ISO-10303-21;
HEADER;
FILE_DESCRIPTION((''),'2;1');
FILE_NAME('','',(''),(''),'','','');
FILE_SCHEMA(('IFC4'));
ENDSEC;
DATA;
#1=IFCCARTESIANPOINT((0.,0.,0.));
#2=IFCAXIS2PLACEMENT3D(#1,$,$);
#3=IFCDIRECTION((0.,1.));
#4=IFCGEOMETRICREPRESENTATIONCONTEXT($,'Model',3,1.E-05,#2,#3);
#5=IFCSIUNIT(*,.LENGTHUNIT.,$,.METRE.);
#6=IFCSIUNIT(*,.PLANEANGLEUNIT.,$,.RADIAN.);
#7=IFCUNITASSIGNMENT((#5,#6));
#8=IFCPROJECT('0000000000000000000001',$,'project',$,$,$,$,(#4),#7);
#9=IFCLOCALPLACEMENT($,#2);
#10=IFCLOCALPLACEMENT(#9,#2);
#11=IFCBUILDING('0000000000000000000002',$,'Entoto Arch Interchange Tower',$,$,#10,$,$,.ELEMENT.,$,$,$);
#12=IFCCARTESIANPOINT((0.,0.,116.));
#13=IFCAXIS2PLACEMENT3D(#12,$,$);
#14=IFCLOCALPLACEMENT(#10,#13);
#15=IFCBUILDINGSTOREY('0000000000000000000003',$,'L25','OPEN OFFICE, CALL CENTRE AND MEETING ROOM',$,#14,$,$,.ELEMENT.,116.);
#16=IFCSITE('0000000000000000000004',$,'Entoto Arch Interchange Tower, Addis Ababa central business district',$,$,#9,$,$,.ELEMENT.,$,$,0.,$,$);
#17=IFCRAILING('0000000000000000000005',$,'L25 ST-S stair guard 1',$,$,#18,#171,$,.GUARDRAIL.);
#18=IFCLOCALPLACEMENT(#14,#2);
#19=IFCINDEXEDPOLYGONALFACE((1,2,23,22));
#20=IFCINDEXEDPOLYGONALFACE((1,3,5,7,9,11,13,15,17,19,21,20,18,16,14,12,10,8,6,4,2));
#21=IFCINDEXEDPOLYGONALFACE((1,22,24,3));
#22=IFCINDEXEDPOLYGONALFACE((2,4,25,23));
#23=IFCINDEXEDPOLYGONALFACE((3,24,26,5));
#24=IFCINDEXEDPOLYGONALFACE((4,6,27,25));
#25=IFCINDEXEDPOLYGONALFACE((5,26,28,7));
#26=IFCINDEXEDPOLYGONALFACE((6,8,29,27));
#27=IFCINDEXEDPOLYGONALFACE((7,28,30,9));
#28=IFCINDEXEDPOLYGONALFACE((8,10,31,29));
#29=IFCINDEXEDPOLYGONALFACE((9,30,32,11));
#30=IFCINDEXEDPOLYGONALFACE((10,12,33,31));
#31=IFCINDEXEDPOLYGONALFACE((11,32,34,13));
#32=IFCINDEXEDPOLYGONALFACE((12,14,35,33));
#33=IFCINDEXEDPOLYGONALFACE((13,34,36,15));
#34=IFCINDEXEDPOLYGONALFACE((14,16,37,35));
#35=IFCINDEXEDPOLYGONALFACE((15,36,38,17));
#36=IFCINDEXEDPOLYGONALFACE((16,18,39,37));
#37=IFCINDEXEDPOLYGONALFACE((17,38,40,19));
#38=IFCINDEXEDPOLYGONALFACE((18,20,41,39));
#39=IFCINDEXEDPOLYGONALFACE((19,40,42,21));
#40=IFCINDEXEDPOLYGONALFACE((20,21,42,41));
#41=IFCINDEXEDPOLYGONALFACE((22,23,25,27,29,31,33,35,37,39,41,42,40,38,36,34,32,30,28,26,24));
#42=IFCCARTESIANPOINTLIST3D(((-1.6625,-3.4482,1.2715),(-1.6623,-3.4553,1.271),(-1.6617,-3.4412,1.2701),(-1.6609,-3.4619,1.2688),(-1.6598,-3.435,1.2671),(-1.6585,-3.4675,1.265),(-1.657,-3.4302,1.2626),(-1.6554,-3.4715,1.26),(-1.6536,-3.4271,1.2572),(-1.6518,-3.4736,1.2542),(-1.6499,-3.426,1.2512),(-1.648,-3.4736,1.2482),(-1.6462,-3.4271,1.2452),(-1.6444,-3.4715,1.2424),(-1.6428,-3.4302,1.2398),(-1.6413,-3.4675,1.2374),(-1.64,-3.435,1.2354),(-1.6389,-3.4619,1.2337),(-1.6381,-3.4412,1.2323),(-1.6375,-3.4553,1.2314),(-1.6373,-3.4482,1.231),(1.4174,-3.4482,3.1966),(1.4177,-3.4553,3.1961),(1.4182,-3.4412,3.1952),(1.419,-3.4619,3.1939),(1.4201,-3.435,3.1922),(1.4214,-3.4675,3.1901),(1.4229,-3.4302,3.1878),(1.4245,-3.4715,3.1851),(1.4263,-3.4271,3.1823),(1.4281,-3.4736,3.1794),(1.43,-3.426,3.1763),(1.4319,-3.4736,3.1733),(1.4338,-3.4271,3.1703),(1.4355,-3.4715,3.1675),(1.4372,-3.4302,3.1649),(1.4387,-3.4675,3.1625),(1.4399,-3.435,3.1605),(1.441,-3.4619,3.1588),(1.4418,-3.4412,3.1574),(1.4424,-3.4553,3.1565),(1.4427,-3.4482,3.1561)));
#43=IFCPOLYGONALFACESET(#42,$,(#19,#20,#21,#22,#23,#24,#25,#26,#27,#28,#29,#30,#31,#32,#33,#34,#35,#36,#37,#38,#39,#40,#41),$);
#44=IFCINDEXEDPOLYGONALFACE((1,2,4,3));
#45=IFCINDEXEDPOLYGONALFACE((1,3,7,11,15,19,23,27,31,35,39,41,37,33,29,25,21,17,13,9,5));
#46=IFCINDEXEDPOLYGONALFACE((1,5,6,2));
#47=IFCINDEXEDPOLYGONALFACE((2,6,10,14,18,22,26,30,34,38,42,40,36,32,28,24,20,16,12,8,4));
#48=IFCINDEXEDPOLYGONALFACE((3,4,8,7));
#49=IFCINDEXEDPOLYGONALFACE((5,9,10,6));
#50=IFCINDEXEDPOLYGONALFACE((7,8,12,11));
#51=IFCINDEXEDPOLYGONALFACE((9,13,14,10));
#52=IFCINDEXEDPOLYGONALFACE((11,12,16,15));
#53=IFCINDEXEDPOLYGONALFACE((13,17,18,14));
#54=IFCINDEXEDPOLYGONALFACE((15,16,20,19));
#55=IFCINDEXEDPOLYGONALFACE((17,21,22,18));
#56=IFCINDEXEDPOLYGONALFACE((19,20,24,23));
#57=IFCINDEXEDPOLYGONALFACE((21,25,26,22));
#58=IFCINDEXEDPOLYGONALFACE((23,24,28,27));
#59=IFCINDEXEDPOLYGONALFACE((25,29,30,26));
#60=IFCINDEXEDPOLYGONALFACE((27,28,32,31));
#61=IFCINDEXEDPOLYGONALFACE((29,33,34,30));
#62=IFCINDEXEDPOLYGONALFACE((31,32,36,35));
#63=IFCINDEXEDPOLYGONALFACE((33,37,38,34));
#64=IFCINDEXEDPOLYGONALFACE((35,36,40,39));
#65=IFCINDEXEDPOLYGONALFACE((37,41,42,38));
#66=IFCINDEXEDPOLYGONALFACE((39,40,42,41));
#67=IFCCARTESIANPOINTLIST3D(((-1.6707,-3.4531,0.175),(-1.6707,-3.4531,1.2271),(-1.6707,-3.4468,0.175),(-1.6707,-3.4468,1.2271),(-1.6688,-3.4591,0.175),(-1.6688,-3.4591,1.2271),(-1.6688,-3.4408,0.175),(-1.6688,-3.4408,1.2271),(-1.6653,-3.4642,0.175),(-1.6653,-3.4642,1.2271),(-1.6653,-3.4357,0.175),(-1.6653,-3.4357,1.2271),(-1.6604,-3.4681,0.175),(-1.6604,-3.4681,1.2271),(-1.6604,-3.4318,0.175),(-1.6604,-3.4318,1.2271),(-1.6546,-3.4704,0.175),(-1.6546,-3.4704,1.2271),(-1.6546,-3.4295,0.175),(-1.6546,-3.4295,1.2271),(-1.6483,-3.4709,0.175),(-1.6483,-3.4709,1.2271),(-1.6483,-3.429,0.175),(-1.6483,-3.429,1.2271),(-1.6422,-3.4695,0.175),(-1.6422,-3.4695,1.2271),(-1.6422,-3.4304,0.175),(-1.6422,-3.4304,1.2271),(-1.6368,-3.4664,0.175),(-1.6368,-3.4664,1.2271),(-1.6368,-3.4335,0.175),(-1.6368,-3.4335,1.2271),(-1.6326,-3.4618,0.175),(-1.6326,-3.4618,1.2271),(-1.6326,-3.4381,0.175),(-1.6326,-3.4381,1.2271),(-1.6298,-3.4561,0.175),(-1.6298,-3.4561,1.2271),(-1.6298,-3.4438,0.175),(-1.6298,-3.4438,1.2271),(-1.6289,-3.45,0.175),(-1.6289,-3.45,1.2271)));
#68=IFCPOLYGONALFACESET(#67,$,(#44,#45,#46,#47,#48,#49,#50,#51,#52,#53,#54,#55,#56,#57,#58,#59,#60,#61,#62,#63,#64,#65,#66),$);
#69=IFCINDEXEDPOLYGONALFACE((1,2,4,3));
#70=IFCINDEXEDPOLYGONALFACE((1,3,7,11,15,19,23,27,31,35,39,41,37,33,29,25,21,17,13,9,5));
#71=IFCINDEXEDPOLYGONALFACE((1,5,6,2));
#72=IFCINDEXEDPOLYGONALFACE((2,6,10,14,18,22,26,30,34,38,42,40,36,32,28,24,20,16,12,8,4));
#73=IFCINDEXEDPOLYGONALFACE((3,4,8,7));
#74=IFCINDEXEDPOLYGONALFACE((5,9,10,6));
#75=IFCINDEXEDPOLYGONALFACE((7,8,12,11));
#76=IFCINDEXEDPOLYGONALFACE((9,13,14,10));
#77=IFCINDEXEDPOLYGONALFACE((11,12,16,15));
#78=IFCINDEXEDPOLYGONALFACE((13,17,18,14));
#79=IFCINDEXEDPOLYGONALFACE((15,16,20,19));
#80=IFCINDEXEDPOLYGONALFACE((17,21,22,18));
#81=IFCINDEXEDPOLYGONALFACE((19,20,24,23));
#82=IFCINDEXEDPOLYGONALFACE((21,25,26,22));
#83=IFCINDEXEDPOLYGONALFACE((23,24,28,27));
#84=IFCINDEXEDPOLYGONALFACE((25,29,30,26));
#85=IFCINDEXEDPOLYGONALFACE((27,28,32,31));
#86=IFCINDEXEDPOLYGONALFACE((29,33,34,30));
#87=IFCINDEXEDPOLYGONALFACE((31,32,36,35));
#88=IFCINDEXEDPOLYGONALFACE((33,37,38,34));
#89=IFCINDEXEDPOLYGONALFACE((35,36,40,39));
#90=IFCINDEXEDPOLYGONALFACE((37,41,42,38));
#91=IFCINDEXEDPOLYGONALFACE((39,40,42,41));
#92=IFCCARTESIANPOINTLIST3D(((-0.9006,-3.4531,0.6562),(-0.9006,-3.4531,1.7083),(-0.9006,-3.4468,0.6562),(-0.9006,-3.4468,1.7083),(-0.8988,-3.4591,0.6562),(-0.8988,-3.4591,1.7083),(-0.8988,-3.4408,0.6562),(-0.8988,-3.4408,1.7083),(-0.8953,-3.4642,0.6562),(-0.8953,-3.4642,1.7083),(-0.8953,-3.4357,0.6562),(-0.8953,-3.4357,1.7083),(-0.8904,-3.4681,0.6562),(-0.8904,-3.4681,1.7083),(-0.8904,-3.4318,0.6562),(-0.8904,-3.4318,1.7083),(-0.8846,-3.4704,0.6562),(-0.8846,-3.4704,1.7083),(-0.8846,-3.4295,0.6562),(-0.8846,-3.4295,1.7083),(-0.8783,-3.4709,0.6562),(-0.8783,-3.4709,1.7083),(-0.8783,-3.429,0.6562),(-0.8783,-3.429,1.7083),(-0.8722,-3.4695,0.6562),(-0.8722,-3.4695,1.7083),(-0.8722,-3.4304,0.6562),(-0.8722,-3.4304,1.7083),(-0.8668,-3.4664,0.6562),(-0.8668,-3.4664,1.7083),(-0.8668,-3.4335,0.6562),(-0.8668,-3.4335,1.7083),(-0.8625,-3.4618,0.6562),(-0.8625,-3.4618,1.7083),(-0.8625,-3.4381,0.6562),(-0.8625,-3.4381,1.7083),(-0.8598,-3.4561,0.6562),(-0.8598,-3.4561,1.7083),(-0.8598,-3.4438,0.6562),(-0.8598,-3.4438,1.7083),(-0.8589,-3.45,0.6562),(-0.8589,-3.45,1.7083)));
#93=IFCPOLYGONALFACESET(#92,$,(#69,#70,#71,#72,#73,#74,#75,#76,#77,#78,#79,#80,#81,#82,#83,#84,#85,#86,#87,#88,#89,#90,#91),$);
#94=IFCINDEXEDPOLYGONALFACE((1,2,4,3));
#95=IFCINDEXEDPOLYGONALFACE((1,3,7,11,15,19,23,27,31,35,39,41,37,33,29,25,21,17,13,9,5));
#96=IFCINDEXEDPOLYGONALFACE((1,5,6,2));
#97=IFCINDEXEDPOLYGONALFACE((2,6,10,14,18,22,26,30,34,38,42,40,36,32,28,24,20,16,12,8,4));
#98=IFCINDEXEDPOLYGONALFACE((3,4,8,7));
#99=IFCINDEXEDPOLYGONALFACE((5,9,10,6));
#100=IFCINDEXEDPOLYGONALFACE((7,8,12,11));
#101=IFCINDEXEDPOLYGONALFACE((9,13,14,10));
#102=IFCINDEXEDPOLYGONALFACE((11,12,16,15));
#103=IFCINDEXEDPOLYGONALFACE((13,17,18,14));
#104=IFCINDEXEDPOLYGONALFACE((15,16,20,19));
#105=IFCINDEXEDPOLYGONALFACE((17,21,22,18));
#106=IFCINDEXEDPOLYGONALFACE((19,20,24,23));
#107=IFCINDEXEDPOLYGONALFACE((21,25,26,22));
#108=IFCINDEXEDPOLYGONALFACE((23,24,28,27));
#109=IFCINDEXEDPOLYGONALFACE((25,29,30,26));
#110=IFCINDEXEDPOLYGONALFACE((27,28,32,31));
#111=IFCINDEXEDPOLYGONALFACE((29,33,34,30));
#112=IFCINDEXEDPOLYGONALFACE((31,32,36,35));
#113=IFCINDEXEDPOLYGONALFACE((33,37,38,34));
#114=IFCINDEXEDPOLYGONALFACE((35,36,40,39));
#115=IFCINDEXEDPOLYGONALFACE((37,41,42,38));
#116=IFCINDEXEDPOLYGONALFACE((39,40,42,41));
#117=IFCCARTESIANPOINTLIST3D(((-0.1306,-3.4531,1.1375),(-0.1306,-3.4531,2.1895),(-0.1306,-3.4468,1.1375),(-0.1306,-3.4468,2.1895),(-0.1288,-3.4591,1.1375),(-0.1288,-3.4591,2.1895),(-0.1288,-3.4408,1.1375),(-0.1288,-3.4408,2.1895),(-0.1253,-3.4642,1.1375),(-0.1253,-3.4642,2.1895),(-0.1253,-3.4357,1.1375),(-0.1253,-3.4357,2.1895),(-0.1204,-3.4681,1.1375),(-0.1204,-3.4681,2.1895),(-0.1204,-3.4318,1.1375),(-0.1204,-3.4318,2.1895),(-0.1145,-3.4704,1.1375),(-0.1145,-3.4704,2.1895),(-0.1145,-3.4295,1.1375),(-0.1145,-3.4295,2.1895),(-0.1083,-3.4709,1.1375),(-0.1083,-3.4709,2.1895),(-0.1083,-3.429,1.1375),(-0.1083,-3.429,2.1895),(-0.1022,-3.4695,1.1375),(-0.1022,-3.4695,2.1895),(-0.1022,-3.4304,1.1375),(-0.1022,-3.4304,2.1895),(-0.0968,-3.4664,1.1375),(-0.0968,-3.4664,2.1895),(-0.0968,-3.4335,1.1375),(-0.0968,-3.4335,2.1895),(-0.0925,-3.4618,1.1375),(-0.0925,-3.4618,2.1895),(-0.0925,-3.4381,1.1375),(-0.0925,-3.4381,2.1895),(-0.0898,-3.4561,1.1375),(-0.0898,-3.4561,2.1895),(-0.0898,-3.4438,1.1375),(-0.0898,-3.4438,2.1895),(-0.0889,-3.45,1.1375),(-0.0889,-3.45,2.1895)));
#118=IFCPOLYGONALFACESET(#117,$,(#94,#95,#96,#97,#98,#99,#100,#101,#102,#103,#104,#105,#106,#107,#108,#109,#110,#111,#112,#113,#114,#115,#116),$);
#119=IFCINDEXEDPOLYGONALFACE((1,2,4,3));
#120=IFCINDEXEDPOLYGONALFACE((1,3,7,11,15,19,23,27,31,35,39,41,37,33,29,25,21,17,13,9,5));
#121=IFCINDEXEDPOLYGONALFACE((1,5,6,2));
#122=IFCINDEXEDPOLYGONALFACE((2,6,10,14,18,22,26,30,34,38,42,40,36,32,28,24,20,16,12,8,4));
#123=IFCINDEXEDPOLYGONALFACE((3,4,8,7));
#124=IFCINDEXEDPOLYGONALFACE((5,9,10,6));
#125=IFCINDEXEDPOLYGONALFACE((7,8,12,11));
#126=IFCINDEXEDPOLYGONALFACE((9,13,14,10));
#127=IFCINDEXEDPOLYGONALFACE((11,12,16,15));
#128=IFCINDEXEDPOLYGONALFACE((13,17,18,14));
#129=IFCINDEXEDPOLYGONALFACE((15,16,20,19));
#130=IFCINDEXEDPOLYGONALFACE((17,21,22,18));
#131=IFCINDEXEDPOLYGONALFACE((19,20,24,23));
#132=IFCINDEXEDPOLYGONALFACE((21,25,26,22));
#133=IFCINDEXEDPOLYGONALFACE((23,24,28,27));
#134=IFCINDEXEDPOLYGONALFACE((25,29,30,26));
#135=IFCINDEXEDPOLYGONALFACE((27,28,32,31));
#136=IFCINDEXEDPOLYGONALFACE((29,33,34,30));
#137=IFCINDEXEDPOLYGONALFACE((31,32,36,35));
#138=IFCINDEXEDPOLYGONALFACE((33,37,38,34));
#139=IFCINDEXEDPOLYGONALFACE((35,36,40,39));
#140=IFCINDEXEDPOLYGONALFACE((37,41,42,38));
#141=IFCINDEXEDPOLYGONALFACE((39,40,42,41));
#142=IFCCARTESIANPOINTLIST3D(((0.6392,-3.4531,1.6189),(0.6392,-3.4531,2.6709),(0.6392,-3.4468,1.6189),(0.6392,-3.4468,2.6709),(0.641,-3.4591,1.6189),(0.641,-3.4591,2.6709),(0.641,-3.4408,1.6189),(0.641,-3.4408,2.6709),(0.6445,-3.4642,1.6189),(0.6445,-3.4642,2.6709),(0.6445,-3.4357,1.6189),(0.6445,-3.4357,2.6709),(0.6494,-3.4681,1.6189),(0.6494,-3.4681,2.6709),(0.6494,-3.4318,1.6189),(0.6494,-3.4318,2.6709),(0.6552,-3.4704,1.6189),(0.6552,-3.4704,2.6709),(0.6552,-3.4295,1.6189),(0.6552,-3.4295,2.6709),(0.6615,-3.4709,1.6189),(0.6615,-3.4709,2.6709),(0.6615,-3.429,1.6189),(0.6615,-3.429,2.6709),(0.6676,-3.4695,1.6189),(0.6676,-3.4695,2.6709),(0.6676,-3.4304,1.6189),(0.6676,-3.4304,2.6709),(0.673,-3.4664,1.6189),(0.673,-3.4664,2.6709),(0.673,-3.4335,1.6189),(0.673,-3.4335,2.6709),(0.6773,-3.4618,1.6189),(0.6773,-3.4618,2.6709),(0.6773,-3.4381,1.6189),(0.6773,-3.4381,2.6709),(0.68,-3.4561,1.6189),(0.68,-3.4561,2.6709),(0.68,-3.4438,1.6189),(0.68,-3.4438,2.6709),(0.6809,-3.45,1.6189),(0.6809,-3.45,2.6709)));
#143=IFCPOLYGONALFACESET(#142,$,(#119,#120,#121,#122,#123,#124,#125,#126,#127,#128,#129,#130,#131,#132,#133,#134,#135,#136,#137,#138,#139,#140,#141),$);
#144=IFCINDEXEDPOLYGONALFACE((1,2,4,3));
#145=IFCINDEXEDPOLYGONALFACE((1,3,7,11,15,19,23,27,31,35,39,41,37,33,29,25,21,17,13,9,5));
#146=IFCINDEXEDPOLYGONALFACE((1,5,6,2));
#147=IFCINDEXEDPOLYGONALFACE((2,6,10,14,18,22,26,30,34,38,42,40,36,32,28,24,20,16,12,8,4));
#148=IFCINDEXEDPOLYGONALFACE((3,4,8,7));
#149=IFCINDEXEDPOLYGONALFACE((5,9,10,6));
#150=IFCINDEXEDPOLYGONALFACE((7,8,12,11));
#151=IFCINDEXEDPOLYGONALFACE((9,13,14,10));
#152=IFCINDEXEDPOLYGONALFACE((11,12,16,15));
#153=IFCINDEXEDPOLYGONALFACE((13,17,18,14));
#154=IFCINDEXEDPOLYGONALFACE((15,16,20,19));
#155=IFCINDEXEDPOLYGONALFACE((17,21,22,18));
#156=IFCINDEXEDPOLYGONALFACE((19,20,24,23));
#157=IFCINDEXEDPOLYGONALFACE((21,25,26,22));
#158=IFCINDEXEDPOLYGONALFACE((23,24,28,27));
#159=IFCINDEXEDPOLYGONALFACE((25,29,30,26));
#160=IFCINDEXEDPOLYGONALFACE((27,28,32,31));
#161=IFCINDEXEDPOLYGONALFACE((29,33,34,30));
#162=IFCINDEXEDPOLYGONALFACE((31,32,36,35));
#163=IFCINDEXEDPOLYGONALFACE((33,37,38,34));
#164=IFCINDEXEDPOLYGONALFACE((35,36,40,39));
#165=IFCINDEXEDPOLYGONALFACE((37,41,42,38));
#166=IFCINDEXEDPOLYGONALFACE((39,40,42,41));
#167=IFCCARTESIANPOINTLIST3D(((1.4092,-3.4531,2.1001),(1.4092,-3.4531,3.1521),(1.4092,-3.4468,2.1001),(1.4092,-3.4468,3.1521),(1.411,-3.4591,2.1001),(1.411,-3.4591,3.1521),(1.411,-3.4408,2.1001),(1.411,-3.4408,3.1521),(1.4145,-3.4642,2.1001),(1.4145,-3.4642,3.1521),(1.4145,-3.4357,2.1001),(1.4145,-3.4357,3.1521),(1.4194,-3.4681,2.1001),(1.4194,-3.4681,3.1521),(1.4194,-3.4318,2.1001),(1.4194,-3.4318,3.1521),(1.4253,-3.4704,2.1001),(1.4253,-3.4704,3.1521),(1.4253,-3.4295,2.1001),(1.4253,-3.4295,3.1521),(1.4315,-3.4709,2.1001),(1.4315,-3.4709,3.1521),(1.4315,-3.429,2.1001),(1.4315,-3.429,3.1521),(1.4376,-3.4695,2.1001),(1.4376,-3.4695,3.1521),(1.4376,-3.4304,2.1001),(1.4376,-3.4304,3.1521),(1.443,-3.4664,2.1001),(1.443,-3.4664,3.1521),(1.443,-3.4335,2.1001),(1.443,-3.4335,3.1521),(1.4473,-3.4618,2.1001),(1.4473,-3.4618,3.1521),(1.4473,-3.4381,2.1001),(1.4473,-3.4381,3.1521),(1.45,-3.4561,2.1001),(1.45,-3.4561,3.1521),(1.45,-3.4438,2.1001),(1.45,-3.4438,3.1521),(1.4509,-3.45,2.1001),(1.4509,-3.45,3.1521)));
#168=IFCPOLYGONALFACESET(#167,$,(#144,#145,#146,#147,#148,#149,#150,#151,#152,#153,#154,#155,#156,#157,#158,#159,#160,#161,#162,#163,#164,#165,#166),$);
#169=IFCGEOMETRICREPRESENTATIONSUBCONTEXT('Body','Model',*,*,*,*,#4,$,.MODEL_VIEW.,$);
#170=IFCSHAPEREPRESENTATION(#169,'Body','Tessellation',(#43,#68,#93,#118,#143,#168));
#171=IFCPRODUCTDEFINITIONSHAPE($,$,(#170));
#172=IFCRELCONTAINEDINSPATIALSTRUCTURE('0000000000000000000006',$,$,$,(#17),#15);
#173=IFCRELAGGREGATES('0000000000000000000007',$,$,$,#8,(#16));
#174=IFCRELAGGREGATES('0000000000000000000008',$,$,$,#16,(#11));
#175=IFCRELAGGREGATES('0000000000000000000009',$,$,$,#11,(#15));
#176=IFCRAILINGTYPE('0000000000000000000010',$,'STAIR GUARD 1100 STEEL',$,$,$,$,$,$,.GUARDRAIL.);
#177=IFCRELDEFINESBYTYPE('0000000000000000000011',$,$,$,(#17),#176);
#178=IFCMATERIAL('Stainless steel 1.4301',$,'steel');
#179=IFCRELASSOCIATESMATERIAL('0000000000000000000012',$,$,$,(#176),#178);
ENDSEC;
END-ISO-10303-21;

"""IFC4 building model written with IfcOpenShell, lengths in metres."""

from ifc_helpers import new_model, si_unit, direction, frame, origin, origin_2d, place, context, subcontext, project, spatial, circle, extrude, material, type_object, element, save


model = new_model("IFC4")

# Units and contexts
model_context = context("Model", 3, precision=1e-05, world=origin(), true_north=direction((0.0, 1.0)))
body_context = subcontext(model_context, "Body", "Model", "MODEL_VIEW")
ifc_project = project(units=[si_unit("LENGTHUNIT", "METRE"), si_unit("PLANEANGLEUNIT", "RADIAN")], contexts=[model_context])

# Site, building, storey
site_placement = place(None, origin())
site = spatial("IfcSite", under=ifc_project, at=site_placement, Name="Entoto Arch Interchange Tower, Addis Ababa central business district", CompositionType="ELEMENT", RefElevation=0.0)
building_placement = place(site_placement, origin())
building = spatial("IfcBuilding", under=site, at=building_placement, Name="Entoto Arch Interchange Tower", CompositionType="ELEMENT")
storey_placement = place(building_placement, frame((0.0, 0.0, 116.0)))
storey = spatial("IfcBuildingStorey", under=building, at=storey_placement, Name="L25", Description="OPEN OFFICE, CALL CENTRE AND MEETING ROOM", CompositionType="ELEMENT", Elevation=116.0)

# Railing
ifc_material_1 = material(Name="Stainless steel 1.4301", Category="steel")
railing_type_1 = type_object("IfcRailingType", Name="STAIR GUARD 1100 STEEL", PredefinedType="GUARDRAIL", material=ifc_material_1)
railing_1_placement = place(storey_placement, frame((-1.6499, -3.45, 0.175)))
element("IfcRailing", 1, at=railing_1_placement, inside=storey, type_object=railing_type_1, Name="L25 ST-S stair guard 1", PredefinedType="GUARDRAIL", context=body_context, shape_type="SweptSolid", body=[
    extrude(circle(Radius=0.0239, at=origin_2d()), frame((0.0, 0.0, 1.0762), z_axis=(0.847979, 0.0, 0.530029), x_axis=(0.0, 1.0, 0.0)), (0.0, 0.0, 1.0), 3.6321),
    extrude(circle(Radius=0.021, at=origin_2d()), origin(), (0.0, 0.0, 1.0), 1.052),
    extrude(circle(Radius=0.021, at=origin_2d()), frame((0.77, 0.0, 0.4812)), (0.0, 0.0, 1.0), 1.052),
    extrude(circle(Radius=0.021, at=origin_2d()), frame((1.54, 0.0, 0.9624)), (0.0, 0.0, 1.0), 1.052),
    extrude(circle(Radius=0.021, at=origin_2d()), frame((2.3098, 0.0, 1.4438)), (0.0, 0.0, 1.0), 1.052),
    extrude(circle(Radius=0.021, at=origin_2d()), frame((3.0798, 0.0, 1.925)), (0.0, 0.0, 1.0), 1.052),
])

save(model, "model.ifc")
